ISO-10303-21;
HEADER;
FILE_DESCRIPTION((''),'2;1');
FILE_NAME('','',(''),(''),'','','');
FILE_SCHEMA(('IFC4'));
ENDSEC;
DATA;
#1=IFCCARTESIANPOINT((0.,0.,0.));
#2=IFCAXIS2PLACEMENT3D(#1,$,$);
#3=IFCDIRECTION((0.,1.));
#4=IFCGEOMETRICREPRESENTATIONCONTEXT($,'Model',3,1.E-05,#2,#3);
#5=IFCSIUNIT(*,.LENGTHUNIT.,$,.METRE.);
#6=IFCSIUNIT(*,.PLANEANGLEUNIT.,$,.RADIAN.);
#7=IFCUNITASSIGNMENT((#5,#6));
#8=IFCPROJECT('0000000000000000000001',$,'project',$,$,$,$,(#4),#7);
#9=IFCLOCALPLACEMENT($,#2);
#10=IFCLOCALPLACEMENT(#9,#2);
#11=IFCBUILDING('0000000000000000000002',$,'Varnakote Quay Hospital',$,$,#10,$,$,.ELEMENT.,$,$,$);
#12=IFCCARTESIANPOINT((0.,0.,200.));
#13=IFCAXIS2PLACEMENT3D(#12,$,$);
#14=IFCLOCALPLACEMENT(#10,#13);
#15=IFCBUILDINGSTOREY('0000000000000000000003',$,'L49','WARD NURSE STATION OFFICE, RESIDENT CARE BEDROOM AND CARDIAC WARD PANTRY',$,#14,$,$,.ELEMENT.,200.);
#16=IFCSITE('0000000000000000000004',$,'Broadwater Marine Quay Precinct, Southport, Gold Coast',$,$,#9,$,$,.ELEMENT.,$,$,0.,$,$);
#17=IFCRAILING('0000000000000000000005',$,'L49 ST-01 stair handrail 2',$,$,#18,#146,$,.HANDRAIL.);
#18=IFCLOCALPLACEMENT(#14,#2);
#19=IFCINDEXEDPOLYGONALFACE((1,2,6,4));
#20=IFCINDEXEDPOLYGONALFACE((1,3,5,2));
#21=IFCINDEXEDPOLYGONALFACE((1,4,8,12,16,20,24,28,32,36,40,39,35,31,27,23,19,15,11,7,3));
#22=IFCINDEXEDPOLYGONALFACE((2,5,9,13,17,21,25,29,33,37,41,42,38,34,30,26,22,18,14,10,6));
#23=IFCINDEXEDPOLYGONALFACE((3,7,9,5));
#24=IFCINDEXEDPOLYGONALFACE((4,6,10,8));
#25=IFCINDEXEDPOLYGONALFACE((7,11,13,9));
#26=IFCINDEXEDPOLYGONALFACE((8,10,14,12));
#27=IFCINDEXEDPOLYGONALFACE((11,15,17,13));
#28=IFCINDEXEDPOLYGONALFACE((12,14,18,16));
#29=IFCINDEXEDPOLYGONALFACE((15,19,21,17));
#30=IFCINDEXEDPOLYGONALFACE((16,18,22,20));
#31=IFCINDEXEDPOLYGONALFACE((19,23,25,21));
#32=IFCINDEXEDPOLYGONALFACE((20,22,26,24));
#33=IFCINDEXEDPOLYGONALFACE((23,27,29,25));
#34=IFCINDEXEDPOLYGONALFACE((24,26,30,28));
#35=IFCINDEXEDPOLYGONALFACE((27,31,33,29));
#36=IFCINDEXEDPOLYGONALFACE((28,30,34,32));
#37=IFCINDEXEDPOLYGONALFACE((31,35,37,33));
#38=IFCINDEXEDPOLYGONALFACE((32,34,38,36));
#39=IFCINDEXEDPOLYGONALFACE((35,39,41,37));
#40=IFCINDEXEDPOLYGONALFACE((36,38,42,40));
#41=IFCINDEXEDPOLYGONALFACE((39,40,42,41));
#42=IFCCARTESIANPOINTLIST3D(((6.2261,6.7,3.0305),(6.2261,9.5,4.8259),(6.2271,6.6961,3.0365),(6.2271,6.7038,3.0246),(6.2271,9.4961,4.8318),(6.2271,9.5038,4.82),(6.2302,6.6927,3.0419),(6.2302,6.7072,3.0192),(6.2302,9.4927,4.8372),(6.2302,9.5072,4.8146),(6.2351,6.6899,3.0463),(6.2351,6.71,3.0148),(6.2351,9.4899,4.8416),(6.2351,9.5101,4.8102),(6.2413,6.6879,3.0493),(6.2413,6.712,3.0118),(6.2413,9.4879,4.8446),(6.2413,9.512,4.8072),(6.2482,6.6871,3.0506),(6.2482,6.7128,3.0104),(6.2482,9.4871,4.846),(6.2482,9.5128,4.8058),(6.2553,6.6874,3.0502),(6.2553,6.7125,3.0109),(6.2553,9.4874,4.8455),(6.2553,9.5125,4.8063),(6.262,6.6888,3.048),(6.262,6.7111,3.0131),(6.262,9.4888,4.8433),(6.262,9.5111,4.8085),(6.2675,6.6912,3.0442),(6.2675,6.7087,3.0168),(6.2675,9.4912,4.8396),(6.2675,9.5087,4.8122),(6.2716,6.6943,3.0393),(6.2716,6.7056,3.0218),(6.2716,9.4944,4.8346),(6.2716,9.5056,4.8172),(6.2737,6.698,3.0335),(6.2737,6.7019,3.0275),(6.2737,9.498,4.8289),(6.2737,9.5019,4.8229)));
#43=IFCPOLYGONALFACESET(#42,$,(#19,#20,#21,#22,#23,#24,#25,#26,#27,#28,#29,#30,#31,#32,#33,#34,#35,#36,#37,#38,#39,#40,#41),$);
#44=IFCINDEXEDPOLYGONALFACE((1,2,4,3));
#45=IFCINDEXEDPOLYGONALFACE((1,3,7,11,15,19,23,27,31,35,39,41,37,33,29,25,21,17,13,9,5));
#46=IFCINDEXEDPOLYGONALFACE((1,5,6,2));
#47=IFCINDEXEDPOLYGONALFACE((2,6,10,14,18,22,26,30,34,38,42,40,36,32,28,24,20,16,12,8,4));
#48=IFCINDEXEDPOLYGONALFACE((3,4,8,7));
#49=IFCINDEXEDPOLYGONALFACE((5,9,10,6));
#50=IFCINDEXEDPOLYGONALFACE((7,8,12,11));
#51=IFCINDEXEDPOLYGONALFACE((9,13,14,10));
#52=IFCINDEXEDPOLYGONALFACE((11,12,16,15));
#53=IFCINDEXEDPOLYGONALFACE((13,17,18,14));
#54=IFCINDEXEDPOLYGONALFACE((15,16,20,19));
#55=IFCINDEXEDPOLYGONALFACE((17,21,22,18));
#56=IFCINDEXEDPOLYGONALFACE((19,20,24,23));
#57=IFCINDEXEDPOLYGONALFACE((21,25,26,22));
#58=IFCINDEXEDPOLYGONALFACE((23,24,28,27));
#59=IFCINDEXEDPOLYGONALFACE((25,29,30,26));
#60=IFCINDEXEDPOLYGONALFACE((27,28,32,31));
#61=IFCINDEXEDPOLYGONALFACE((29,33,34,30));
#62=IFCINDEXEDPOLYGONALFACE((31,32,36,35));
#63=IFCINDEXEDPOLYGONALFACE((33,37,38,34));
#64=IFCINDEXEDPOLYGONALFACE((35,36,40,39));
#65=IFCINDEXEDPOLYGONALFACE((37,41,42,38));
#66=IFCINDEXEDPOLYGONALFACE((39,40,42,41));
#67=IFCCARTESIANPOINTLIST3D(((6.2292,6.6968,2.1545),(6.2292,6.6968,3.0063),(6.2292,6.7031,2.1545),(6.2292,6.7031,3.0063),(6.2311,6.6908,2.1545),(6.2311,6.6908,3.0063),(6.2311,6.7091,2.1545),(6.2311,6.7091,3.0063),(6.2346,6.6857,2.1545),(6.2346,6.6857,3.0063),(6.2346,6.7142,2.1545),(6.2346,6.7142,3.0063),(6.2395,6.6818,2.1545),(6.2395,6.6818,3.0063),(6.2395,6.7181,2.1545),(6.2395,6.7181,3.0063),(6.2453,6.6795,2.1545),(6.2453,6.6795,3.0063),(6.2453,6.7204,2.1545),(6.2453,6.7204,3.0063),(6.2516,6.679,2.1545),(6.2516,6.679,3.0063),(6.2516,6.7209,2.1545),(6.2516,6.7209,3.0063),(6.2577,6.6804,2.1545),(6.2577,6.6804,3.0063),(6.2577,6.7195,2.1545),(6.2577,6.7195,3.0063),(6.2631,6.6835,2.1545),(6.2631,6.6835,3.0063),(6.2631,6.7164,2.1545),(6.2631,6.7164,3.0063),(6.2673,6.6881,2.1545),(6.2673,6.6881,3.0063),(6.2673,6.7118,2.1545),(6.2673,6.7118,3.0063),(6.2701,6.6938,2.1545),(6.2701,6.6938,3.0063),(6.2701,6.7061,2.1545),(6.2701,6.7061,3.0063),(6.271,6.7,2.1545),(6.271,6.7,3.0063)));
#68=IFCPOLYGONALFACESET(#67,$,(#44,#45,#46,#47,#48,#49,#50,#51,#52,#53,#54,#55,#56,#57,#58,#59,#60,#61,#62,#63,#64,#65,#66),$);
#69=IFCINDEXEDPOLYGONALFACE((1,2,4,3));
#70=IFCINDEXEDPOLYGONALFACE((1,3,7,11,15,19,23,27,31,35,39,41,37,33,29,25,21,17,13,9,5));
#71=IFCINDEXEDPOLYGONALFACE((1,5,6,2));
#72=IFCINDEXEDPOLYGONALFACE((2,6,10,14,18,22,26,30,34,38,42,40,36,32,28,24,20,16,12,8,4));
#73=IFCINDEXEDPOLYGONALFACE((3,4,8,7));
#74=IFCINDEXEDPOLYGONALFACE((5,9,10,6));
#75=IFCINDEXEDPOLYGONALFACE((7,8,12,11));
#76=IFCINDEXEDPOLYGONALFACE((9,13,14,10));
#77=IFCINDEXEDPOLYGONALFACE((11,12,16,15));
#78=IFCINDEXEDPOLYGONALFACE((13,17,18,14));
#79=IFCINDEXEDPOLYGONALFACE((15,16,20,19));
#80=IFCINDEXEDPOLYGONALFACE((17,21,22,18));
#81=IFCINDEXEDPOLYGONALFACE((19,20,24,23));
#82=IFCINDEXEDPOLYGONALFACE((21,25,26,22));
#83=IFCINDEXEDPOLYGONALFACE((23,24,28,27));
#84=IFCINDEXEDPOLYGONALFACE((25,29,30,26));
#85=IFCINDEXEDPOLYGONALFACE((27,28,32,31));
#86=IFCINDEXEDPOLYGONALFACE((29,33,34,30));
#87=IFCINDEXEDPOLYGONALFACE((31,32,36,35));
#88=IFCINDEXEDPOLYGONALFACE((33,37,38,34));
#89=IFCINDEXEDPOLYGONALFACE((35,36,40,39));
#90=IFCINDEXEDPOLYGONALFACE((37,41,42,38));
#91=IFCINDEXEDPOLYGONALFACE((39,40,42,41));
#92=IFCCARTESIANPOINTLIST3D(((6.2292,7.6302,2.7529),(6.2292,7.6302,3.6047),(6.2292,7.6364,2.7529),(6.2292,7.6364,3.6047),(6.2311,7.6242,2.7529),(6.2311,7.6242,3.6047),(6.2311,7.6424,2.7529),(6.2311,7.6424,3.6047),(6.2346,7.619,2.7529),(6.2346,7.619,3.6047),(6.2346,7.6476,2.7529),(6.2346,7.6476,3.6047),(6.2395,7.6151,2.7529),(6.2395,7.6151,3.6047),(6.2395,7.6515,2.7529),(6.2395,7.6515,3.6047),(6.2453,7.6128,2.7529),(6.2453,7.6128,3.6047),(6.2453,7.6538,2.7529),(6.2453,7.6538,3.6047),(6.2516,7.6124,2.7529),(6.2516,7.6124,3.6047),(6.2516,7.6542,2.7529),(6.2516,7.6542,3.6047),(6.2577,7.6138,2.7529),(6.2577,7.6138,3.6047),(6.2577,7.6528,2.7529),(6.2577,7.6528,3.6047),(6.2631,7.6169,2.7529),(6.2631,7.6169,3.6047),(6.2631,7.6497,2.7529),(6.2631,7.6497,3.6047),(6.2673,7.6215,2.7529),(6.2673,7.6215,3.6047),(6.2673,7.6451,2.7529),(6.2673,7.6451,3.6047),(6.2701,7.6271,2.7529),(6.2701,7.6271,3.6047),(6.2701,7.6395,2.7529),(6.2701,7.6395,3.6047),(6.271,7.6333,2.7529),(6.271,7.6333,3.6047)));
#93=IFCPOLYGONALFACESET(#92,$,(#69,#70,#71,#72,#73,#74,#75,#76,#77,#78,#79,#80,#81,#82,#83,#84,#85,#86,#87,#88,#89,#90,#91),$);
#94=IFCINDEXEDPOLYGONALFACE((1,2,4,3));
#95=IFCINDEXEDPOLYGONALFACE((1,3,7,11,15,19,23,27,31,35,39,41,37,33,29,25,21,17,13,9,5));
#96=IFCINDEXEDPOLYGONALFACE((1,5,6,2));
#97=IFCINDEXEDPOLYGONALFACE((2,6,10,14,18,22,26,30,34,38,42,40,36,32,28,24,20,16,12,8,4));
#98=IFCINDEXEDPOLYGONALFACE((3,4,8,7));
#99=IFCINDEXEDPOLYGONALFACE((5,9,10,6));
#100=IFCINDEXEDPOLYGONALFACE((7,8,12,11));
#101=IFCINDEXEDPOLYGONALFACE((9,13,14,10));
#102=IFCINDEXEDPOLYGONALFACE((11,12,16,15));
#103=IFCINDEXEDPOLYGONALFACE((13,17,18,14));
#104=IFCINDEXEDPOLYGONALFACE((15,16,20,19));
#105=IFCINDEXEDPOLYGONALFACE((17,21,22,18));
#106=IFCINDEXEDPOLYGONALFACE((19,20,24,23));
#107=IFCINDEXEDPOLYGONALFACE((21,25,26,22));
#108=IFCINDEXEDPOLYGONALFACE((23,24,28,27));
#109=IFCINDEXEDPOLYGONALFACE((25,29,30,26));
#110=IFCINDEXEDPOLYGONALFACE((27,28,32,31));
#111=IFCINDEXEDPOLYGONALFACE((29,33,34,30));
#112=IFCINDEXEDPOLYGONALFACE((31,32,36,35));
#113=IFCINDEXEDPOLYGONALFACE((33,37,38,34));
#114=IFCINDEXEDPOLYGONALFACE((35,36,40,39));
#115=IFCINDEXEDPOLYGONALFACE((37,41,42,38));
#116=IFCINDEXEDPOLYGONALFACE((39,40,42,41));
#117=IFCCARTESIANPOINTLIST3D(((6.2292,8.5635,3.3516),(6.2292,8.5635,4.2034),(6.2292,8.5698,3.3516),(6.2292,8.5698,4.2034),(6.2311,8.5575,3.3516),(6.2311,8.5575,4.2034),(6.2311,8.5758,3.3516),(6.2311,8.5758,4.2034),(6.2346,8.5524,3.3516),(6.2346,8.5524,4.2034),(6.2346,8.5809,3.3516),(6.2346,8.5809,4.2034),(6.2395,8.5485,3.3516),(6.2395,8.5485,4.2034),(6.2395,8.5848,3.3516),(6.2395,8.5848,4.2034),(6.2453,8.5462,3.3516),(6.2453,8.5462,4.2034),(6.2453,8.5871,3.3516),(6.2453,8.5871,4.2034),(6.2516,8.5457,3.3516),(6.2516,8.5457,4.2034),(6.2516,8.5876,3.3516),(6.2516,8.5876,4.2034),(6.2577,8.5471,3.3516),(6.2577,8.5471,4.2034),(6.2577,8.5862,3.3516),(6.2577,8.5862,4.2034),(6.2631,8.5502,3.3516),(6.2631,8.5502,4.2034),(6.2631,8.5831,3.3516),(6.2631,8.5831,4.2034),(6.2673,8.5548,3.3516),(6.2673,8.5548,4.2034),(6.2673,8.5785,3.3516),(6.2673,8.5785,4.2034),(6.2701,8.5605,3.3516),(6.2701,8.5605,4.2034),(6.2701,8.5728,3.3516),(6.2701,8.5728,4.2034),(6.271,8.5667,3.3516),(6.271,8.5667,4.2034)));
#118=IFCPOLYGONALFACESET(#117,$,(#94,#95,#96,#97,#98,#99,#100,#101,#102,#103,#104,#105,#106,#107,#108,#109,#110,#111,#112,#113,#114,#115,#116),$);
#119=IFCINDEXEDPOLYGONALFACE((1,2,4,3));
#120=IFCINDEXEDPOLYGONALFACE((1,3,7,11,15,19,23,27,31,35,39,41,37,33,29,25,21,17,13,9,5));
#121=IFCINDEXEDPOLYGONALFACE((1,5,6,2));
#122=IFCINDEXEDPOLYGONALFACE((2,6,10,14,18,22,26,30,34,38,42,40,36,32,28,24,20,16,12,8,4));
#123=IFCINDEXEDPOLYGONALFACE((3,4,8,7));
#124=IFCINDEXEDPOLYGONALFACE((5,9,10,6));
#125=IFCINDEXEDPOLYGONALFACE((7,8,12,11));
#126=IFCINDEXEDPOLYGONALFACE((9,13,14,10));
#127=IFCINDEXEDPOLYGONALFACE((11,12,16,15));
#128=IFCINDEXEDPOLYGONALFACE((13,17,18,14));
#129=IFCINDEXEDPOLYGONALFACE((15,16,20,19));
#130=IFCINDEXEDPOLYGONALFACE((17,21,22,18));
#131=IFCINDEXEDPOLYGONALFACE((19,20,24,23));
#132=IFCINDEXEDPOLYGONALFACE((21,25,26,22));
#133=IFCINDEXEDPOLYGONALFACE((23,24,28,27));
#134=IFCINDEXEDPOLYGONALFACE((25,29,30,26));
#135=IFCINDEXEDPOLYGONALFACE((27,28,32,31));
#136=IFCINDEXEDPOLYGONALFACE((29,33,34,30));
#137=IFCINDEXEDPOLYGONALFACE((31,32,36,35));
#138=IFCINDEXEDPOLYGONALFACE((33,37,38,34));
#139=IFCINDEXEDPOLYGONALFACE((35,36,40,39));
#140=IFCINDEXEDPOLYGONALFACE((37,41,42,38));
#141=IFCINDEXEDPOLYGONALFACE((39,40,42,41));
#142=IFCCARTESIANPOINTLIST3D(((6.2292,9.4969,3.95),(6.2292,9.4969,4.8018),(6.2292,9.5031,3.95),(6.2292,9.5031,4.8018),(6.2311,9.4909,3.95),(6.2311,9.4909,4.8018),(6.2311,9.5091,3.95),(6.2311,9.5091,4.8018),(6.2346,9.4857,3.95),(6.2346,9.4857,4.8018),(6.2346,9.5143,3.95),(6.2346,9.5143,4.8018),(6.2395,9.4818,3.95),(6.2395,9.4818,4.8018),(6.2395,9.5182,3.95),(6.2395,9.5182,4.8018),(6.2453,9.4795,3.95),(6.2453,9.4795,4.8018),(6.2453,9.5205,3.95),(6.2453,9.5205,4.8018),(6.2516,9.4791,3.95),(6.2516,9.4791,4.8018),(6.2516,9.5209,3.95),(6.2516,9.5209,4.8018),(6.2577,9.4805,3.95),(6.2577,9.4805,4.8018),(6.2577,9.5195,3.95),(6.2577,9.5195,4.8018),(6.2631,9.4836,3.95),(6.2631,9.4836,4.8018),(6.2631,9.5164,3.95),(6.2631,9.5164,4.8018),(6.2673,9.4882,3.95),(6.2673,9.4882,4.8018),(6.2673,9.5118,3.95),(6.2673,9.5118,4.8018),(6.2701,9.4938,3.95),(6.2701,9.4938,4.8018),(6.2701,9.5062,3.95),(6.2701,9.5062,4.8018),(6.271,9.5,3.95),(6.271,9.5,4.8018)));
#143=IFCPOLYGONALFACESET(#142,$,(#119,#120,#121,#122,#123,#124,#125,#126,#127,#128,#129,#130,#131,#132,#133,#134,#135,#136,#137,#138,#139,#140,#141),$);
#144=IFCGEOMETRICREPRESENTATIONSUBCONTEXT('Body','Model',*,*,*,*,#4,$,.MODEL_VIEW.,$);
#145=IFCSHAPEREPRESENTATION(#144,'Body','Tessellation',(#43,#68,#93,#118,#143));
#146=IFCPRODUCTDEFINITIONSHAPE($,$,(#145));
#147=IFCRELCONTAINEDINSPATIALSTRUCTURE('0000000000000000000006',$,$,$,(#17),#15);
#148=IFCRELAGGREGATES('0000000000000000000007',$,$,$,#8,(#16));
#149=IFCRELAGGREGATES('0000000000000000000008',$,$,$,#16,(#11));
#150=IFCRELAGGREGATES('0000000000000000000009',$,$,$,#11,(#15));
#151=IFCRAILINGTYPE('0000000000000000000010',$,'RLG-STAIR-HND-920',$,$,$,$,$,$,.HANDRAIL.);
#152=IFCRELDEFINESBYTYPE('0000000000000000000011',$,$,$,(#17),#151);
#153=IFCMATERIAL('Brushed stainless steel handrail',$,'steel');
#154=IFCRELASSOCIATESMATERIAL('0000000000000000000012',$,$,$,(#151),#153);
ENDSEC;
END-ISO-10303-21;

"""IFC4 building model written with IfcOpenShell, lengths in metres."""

from ifc_helpers import new_model, si_unit, direction, frame, origin, origin_2d, place, context, subcontext, project, spatial, circle, extrude, material, type_object, element, save


model = new_model("IFC4")

# Units and contexts
model_context = context("Model", 3, precision=1e-05, world=origin(), true_north=direction((0.0, 1.0)))
body_context = subcontext(model_context, "Body", "Model", "MODEL_VIEW")
ifc_project = project(units=[si_unit("LENGTHUNIT", "METRE"), si_unit("PLANEANGLEUNIT", "RADIAN")], contexts=[model_context])

# Site, building, storey
site_placement = place(None, origin())
site = spatial("IfcSite", under=ifc_project, at=site_placement, Name="Broadwater Marine Quay Precinct, Southport, Gold Coast", CompositionType="ELEMENT", RefElevation=0.0)
building_placement = place(site_placement, origin())
building = spatial("IfcBuilding", under=site, at=building_placement, Name="Varnakote Quay Hospital", CompositionType="ELEMENT")
storey_placement = place(building_placement, frame((0.0, 0.0, 200.0)))
storey = spatial("IfcBuildingStorey", under=building, at=storey_placement, Name="L49", Description="WARD NURSE STATION OFFICE, RESIDENT CARE BEDROOM AND CARDIAC WARD PANTRY", CompositionType="ELEMENT", Elevation=200.0)

# Railing
ifc_material_1 = material(Name="Brushed stainless steel handrail", Category="steel")
railing_type_1 = type_object("IfcRailingType", Name="RLG-STAIR-HND-920", PredefinedType="HANDRAIL", material=ifc_material_1)
railing_1_placement = place(storey_placement, frame((6.25, 6.7, 2.1545)))
element("IfcRailing", 1, at=railing_1_placement, inside=storey, type_object=railing_type_1, Name="L49 ST-01 stair handrail 2", PredefinedType="HANDRAIL", context=body_context, shape_type="SweptSolid", body=[
    extrude(circle(Radius=0.0239, at=origin_2d()), frame((0.0, 0.0, 0.876), z_axis=(0.0, 0.84181, 0.539774), x_axis=(-1.0, 0.0, 0.0)), (0.0, 0.0, 1.0), 3.3262),
    extrude(circle(Radius=0.021, at=origin_2d()), origin(), (0.0, 0.0, 1.0), 0.8518),
    extrude(circle(Radius=0.021, at=origin_2d()), frame((0.0, 0.9333, 0.5984)), (0.0, 0.0, 1.0), 0.8518),
    extrude(circle(Radius=0.021, at=origin_2d()), frame((0.0, 1.8667, 1.197)), (0.0, 0.0, 1.0), 0.8518),
    extrude(circle(Radius=0.021, at=origin_2d()), frame((0.0, 2.8, 1.7954)), (0.0, 0.0, 1.0), 0.8518),
])

save(model, "model.ifc")
